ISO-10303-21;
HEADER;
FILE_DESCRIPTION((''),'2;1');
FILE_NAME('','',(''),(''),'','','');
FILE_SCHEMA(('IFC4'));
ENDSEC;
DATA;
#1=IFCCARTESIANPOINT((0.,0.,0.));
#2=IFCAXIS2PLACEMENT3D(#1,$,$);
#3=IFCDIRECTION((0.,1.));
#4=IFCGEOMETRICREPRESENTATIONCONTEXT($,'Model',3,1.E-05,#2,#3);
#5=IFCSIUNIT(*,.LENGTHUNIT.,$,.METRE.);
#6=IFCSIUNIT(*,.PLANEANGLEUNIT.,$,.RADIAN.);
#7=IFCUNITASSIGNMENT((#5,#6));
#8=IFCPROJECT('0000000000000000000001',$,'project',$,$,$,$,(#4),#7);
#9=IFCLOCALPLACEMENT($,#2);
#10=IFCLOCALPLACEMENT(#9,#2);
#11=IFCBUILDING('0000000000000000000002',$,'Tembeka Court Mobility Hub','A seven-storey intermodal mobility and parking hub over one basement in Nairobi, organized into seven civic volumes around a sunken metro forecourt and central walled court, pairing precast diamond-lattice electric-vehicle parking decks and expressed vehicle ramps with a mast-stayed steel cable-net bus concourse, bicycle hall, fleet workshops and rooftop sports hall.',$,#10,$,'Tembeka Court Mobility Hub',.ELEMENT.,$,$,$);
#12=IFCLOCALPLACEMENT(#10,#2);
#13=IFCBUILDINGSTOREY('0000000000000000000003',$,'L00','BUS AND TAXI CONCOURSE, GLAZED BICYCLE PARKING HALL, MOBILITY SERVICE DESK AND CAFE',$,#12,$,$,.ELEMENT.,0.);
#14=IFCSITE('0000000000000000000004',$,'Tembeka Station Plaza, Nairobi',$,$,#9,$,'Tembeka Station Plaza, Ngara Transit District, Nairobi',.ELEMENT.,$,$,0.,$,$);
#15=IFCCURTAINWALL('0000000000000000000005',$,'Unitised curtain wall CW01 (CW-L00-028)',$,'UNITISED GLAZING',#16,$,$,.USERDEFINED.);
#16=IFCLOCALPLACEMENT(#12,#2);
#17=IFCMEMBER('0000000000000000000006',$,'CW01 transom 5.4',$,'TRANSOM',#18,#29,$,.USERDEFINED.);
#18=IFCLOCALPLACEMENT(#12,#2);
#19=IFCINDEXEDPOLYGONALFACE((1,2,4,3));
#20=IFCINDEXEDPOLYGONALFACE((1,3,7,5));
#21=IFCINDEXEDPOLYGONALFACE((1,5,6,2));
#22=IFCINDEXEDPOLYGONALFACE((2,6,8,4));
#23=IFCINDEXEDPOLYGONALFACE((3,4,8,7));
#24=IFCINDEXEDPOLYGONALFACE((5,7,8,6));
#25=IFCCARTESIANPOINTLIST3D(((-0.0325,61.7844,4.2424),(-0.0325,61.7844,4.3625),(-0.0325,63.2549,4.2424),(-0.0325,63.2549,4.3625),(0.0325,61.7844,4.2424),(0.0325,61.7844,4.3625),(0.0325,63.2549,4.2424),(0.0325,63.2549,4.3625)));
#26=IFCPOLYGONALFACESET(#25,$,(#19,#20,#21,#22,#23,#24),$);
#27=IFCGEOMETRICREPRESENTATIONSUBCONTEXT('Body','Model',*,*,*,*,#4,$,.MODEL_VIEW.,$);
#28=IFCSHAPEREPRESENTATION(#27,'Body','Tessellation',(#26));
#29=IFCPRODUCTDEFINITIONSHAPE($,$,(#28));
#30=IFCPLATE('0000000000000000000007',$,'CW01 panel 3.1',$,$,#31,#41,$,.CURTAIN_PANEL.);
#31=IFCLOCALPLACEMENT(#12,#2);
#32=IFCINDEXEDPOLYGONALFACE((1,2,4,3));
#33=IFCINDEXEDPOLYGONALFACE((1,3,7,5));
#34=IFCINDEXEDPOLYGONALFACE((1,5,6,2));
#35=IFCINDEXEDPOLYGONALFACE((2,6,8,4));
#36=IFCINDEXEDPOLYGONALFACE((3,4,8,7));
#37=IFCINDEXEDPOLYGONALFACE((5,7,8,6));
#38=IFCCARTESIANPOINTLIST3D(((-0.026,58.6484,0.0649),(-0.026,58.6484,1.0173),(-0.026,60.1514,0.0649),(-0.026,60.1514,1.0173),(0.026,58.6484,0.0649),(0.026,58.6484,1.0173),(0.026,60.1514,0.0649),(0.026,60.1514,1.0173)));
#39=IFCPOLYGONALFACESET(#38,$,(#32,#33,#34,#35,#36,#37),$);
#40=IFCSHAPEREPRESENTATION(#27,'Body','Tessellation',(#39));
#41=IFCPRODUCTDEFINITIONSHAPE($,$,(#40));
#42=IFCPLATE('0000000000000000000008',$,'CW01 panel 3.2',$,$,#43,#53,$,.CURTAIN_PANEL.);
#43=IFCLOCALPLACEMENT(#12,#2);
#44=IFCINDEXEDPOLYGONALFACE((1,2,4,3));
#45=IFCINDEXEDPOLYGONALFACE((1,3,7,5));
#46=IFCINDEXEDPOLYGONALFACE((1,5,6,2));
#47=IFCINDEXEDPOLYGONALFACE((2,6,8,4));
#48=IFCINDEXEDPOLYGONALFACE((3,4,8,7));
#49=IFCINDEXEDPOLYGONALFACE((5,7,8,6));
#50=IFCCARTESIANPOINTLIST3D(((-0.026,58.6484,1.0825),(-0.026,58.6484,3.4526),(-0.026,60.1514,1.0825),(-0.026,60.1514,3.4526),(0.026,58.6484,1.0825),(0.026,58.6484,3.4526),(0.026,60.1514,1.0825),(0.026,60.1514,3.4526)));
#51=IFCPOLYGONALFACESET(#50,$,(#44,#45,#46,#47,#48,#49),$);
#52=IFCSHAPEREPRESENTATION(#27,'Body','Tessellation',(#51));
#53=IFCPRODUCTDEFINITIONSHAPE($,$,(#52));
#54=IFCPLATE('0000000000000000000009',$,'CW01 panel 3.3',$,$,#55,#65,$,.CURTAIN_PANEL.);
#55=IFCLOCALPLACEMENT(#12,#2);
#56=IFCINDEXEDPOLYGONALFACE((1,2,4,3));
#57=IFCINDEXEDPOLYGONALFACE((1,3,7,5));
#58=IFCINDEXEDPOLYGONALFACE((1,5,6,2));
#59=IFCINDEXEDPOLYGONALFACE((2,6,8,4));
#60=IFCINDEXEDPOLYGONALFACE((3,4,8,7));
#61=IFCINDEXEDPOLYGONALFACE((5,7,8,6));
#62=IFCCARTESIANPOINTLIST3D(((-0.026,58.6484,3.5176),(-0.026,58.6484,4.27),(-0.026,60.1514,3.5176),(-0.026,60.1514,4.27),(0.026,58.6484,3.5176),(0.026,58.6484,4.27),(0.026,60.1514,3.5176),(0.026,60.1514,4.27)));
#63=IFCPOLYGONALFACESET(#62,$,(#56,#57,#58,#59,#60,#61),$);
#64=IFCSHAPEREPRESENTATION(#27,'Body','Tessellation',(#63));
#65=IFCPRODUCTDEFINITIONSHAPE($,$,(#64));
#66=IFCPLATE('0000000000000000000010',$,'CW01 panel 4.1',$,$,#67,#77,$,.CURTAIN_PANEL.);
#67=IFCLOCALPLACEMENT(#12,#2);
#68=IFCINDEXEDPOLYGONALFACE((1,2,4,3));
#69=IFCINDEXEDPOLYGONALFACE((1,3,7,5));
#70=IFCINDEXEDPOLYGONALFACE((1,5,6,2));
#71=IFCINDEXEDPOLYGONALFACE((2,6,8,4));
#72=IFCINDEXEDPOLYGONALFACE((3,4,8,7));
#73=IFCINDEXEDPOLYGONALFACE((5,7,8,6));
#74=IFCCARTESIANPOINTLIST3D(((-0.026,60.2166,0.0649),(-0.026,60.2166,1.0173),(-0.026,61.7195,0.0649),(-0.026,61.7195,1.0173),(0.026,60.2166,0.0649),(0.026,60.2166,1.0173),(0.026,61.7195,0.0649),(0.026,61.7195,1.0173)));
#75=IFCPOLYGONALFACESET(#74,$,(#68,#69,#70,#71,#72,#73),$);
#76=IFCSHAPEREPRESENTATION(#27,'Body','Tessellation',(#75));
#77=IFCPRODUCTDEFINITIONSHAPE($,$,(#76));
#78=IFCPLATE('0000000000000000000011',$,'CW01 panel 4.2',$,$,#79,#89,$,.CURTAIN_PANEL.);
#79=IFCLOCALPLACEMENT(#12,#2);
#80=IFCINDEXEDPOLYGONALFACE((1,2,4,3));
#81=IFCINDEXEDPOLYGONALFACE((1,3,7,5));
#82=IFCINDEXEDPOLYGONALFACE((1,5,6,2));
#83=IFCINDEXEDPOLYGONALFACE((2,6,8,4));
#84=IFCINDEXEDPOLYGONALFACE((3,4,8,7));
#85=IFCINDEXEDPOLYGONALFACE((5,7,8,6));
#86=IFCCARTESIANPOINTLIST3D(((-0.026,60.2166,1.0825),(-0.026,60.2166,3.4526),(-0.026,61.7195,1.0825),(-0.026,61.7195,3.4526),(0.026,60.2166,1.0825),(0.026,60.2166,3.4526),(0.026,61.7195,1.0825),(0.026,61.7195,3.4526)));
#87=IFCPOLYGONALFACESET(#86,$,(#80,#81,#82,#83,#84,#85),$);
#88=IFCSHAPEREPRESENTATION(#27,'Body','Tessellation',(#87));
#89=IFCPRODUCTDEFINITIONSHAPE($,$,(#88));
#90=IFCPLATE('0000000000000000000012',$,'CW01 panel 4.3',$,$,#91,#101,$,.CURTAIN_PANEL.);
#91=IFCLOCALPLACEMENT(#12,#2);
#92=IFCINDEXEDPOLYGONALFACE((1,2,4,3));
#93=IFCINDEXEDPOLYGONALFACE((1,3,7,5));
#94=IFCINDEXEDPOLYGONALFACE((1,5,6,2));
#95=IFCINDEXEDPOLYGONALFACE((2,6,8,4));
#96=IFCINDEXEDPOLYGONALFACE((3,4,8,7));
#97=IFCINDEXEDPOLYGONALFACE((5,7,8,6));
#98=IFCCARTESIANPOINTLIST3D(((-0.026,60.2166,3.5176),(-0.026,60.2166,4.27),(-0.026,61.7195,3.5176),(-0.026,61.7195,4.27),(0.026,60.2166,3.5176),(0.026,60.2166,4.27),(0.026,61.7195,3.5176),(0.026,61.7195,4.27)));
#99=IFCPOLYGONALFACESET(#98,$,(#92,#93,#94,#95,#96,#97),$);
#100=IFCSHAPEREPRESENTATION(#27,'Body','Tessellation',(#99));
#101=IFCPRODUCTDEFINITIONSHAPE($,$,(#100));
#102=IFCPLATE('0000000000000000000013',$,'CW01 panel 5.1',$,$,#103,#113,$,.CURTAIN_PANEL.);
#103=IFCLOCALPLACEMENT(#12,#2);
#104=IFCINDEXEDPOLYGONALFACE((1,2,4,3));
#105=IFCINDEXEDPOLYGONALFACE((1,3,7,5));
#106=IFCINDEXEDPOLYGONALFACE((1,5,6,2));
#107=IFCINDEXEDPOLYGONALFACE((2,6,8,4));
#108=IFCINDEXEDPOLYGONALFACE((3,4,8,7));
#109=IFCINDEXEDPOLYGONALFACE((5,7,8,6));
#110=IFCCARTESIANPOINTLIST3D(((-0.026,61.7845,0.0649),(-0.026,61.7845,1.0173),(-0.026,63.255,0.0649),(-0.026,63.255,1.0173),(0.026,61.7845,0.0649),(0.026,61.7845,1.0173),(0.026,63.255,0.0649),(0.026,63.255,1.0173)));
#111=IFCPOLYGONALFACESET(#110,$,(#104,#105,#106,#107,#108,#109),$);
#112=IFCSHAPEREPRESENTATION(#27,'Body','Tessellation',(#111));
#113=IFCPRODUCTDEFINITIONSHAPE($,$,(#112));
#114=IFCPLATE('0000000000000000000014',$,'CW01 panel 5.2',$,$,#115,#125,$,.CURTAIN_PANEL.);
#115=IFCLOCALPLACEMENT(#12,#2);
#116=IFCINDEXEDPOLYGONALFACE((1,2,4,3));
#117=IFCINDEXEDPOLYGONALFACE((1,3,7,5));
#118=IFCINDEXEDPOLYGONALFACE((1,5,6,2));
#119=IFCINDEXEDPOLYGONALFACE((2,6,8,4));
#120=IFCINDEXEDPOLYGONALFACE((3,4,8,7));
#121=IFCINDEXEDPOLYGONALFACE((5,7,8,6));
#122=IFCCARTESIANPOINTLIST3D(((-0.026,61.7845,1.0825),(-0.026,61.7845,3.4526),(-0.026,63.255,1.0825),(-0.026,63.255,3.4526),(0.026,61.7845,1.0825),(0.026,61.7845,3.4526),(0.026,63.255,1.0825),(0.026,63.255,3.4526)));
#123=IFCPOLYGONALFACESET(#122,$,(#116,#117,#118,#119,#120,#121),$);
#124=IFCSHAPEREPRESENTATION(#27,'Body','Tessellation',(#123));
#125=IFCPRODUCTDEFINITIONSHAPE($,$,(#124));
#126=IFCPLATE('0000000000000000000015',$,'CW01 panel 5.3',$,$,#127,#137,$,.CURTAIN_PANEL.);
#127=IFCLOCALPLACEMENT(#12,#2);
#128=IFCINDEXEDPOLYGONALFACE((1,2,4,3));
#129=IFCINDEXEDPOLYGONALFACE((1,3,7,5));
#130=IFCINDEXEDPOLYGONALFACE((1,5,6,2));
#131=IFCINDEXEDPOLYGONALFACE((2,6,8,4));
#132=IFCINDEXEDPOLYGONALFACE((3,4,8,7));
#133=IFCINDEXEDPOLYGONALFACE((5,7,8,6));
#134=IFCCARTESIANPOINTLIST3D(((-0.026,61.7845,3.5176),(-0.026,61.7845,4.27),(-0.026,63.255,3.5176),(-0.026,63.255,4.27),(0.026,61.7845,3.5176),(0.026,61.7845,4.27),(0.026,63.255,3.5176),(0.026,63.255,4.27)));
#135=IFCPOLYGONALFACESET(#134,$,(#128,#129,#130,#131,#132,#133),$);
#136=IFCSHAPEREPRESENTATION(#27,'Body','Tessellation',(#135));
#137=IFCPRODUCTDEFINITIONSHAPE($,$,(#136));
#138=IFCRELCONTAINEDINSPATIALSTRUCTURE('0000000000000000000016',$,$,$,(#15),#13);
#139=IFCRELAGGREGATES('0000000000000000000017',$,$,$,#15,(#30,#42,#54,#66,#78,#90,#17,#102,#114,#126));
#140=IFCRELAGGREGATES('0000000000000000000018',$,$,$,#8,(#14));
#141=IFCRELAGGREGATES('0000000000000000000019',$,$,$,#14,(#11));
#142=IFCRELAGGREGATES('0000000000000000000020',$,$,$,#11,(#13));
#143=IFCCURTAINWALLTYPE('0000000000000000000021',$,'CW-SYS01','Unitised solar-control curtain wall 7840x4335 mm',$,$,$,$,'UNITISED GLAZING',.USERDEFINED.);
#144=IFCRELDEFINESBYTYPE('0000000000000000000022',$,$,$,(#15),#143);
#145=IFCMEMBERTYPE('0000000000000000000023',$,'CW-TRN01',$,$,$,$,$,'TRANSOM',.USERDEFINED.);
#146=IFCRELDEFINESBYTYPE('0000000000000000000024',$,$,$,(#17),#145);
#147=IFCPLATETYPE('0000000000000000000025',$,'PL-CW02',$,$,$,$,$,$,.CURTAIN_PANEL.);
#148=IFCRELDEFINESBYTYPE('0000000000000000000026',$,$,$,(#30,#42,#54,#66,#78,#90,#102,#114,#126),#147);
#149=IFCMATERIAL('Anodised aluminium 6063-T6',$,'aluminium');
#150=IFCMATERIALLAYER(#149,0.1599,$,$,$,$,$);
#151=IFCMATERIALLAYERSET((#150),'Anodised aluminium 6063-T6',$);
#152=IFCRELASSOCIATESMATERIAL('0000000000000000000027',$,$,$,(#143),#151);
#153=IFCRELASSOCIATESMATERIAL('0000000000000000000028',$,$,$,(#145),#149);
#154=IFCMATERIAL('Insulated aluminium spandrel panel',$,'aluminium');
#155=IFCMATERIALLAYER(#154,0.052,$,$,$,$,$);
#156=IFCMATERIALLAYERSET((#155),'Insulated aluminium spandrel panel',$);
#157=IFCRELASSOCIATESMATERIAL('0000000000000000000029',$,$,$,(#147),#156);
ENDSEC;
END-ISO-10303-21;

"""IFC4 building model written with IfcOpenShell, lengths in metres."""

from ifc_helpers import new_model, si_unit, direction, frame, origin, origin_2d, place, context, subcontext, project, spatial, rectangle, extrude, material, layer, layer_set, material_profile, profile_set, type_object, element, aggregate, save


model = new_model("IFC4")

# Units and contexts
model_context = context("Model", 3, precision=1e-05, world=origin(), true_north=direction((0.0, 1.0)))
body_context = subcontext(model_context, "Body", "Model", "MODEL_VIEW")
ifc_project = project(units=[si_unit("LENGTHUNIT", "METRE"), si_unit("PLANEANGLEUNIT", "RADIAN")], contexts=[model_context])

# Site, building, storey
site_placement = place(None, origin())
site = spatial("IfcSite", under=ifc_project, at=site_placement, Name="Tembeka Station Plaza, Nairobi", LongName="Tembeka Station Plaza, Ngara Transit District, Nairobi", CompositionType="ELEMENT", RefElevation=0.0)
building_placement = place(site_placement, origin())
building = spatial("IfcBuilding", under=site, at=building_placement, Name="Tembeka Court Mobility Hub", Description="A seven-storey intermodal mobility and parking hub over one basement in Nairobi, organized into seven civic volumes around a sunken metro forecourt and central walled court, pairing precast diamond-lattice electric-vehicle parking decks and expressed vehicle ramps with a mast-stayed steel cable-net bus concourse, bicycle hall, fleet workshops and rooftop sports hall.", LongName="Tembeka Court Mobility Hub", CompositionType="ELEMENT")
storey_placement = place(building_placement, origin())
storey = spatial("IfcBuildingStorey", under=building, at=storey_placement, Name="L00", Description="BUS AND TAXI CONCOURSE, GLAZED BICYCLE PARKING HALL, MOBILITY SERVICE DESK AND CAFE", CompositionType="ELEMENT", Elevation=0.0)

# Curtain wall, member, plates
ifc_material_1 = material(Name="Anodised aluminium 6063-T6", Category="aluminium")
ifc_layer_1 = layer(ifc_material_1, 0.1599)
ifc_layer_set_1 = layer_set([ifc_layer_1], Name="Anodised aluminium 6063-T6")
curtain_wall_type = type_object("IfcCurtainWallType", Name="CW-SYS01", Description="Unitised solar-control curtain wall 7840x4335 mm", ElementType="UNITISED GLAZING", PredefinedType="USERDEFINED", material=ifc_layer_set_1)
curtain_wall_placement = place(storey_placement, origin())
curtain_wall = element("IfcCurtainWall", 1, at=curtain_wall_placement, inside=storey, type_object=curtain_wall_type, Name="Unitised curtain wall CW01 (CW-L00-028)", ObjectType="UNITISED GLAZING", PredefinedType="USERDEFINED")
ifc_material_profile_1 = material_profile(ifc_material_1, rectangle(XDim=0.0649, YDim=0.1201, at=origin_2d()), Name="ALU-TRN 65x120")
ifc_profile_set_1 = profile_set([ifc_material_profile_1], Name="Anodised aluminium 6063-T6")
member_type_1 = type_object("IfcMemberType", Name="CW-TRN01", ElementType="TRANSOM", PredefinedType="USERDEFINED", material=ifc_profile_set_1)
member_1_placement = place(storey_placement, frame((0.0, 61.7844, 4.3025), z_axis=(0.0, 1.0, 0.0), x_axis=(-1.0, 0.0, 0.0)))
member_1 = element("IfcMember", 2, at=member_1_placement, type_object=member_type_1, Name="CW01 transom 5.4", ObjectType="TRANSOM", PredefinedType="USERDEFINED", context=body_context, shape_type="SweptSolid", body=[
    extrude(rectangle(XDim=0.0649, YDim=0.1201, at=origin_2d()), origin(), (0.0, 0.0, 1.0), 1.4705),
])
ifc_material_2 = material(Name="Insulated aluminium spandrel panel", Category="aluminium")
ifc_layer_2 = layer(ifc_material_2, 0.052)
ifc_layer_set_2 = layer_set([ifc_layer_2], Name="Insulated aluminium spandrel panel")
plate_type = type_object("IfcPlateType", Name="PL-CW02", PredefinedType="CURTAIN_PANEL", material=ifc_layer_set_2)
plate_1_placement = place(storey_placement, frame((0.0, 59.3999, 0.0649), z_axis=(0.0, 0.0, 1.0), x_axis=(0.0, 1.0, 0.0)))
plate_1 = element("IfcPlate", 3, at=plate_1_placement, type_object=plate_type, Name="CW01 panel 3.1", PredefinedType="CURTAIN_PANEL", context=body_context, shape_type="SweptSolid", body=[
    extrude(rectangle(XDim=1.5029, YDim=0.052, at=origin_2d()), origin(), (0.0, 0.0, 1.0), 0.9524),
])
plate_2_placement = place(storey_placement, frame((0.0, 59.3999, 1.0825), z_axis=(0.0, 0.0, 1.0), x_axis=(0.0, 1.0, 0.0)))
plate_2 = element("IfcPlate", 4, at=plate_2_placement, type_object=plate_type, Name="CW01 panel 3.2", PredefinedType="CURTAIN_PANEL", context=body_context, shape_type="SweptSolid", body=[
    extrude(rectangle(XDim=1.5029, YDim=0.052, at=origin_2d()), origin(), (0.0, 0.0, 1.0), 2.3701),
])
plate_3_placement = place(storey_placement, frame((0.0, 59.3999, 3.5176), z_axis=(0.0, 0.0, 1.0), x_axis=(0.0, 1.0, 0.0)))
plate_3 = element("IfcPlate", 5, at=plate_3_placement, type_object=plate_type, Name="CW01 panel 3.3", PredefinedType="CURTAIN_PANEL", context=body_context, shape_type="SweptSolid", body=[
    extrude(rectangle(XDim=1.5029, YDim=0.052, at=origin_2d()), origin(), (0.0, 0.0, 1.0), 0.7524),
])
plate_4_placement = place(storey_placement, frame((0.0, 60.968, 0.0649), z_axis=(0.0, 0.0, 1.0), x_axis=(0.0, 1.0, 0.0)))
plate_4 = element("IfcPlate", 6, at=plate_4_placement, type_object=plate_type, Name="CW01 panel 4.1", PredefinedType="CURTAIN_PANEL", context=body_context, shape_type="SweptSolid", body=[
    extrude(rectangle(XDim=1.5029, YDim=0.052, at=origin_2d()), origin(), (0.0, 0.0, 1.0), 0.9524),
])
plate_5_placement = place(storey_placement, frame((0.0, 60.968, 1.0825), z_axis=(0.0, 0.0, 1.0), x_axis=(0.0, 1.0, 0.0)))
plate_5 = element("IfcPlate", 7, at=plate_5_placement, type_object=plate_type, Name="CW01 panel 4.2", PredefinedType="CURTAIN_PANEL", context=body_context, shape_type="SweptSolid", body=[
    extrude(rectangle(XDim=1.5029, YDim=0.052, at=origin_2d()), origin(), (0.0, 0.0, 1.0), 2.3701),
])
plate_6_placement = place(storey_placement, frame((0.0, 60.968, 3.5176), z_axis=(0.0, 0.0, 1.0), x_axis=(0.0, 1.0, 0.0)))
plate_6 = element("IfcPlate", 8, at=plate_6_placement, type_object=plate_type, Name="CW01 panel 4.3", PredefinedType="CURTAIN_PANEL", context=body_context, shape_type="SweptSolid", body=[
    extrude(rectangle(XDim=1.5029, YDim=0.052, at=origin_2d()), origin(), (0.0, 0.0, 1.0), 0.7524),
])
plate_7_placement = place(storey_placement, frame((0.0, 62.5198, 0.0649), z_axis=(0.0, 0.0, 1.0), x_axis=(0.0, 1.0, 0.0)))
plate_7 = element("IfcPlate", 9, at=plate_7_placement, type_object=plate_type, Name="CW01 panel 5.1", PredefinedType="CURTAIN_PANEL", context=body_context, shape_type="SweptSolid", body=[
    extrude(rectangle(XDim=1.4705, YDim=0.052, at=origin_2d()), origin(), (0.0, 0.0, 1.0), 0.9524),
])
plate_8_placement = place(storey_placement, frame((0.0, 62.5198, 1.0825), z_axis=(0.0, 0.0, 1.0), x_axis=(0.0, 1.0, 0.0)))
plate_8 = element("IfcPlate", 10, at=plate_8_placement, type_object=plate_type, Name="CW01 panel 5.2", PredefinedType="CURTAIN_PANEL", context=body_context, shape_type="SweptSolid", body=[
    extrude(rectangle(XDim=1.4705, YDim=0.052, at=origin_2d()), origin(), (0.0, 0.0, 1.0), 2.3701),
])
plate_9_placement = place(storey_placement, frame((0.0, 62.5198, 3.5176), z_axis=(0.0, 0.0, 1.0), x_axis=(0.0, 1.0, 0.0)))
plate_9 = element("IfcPlate", 11, at=plate_9_placement, type_object=plate_type, Name="CW01 panel 5.3", PredefinedType="CURTAIN_PANEL", context=body_context, shape_type="SweptSolid", body=[
    extrude(rectangle(XDim=1.4705, YDim=0.052, at=origin_2d()), origin(), (0.0, 0.0, 1.0), 0.7524),
])
aggregate(curtain_wall, [plate_1, plate_2, plate_3, plate_4, plate_5, plate_6, member_1, plate_7, plate_8, plate_9])

save(model, "model.ifc")
